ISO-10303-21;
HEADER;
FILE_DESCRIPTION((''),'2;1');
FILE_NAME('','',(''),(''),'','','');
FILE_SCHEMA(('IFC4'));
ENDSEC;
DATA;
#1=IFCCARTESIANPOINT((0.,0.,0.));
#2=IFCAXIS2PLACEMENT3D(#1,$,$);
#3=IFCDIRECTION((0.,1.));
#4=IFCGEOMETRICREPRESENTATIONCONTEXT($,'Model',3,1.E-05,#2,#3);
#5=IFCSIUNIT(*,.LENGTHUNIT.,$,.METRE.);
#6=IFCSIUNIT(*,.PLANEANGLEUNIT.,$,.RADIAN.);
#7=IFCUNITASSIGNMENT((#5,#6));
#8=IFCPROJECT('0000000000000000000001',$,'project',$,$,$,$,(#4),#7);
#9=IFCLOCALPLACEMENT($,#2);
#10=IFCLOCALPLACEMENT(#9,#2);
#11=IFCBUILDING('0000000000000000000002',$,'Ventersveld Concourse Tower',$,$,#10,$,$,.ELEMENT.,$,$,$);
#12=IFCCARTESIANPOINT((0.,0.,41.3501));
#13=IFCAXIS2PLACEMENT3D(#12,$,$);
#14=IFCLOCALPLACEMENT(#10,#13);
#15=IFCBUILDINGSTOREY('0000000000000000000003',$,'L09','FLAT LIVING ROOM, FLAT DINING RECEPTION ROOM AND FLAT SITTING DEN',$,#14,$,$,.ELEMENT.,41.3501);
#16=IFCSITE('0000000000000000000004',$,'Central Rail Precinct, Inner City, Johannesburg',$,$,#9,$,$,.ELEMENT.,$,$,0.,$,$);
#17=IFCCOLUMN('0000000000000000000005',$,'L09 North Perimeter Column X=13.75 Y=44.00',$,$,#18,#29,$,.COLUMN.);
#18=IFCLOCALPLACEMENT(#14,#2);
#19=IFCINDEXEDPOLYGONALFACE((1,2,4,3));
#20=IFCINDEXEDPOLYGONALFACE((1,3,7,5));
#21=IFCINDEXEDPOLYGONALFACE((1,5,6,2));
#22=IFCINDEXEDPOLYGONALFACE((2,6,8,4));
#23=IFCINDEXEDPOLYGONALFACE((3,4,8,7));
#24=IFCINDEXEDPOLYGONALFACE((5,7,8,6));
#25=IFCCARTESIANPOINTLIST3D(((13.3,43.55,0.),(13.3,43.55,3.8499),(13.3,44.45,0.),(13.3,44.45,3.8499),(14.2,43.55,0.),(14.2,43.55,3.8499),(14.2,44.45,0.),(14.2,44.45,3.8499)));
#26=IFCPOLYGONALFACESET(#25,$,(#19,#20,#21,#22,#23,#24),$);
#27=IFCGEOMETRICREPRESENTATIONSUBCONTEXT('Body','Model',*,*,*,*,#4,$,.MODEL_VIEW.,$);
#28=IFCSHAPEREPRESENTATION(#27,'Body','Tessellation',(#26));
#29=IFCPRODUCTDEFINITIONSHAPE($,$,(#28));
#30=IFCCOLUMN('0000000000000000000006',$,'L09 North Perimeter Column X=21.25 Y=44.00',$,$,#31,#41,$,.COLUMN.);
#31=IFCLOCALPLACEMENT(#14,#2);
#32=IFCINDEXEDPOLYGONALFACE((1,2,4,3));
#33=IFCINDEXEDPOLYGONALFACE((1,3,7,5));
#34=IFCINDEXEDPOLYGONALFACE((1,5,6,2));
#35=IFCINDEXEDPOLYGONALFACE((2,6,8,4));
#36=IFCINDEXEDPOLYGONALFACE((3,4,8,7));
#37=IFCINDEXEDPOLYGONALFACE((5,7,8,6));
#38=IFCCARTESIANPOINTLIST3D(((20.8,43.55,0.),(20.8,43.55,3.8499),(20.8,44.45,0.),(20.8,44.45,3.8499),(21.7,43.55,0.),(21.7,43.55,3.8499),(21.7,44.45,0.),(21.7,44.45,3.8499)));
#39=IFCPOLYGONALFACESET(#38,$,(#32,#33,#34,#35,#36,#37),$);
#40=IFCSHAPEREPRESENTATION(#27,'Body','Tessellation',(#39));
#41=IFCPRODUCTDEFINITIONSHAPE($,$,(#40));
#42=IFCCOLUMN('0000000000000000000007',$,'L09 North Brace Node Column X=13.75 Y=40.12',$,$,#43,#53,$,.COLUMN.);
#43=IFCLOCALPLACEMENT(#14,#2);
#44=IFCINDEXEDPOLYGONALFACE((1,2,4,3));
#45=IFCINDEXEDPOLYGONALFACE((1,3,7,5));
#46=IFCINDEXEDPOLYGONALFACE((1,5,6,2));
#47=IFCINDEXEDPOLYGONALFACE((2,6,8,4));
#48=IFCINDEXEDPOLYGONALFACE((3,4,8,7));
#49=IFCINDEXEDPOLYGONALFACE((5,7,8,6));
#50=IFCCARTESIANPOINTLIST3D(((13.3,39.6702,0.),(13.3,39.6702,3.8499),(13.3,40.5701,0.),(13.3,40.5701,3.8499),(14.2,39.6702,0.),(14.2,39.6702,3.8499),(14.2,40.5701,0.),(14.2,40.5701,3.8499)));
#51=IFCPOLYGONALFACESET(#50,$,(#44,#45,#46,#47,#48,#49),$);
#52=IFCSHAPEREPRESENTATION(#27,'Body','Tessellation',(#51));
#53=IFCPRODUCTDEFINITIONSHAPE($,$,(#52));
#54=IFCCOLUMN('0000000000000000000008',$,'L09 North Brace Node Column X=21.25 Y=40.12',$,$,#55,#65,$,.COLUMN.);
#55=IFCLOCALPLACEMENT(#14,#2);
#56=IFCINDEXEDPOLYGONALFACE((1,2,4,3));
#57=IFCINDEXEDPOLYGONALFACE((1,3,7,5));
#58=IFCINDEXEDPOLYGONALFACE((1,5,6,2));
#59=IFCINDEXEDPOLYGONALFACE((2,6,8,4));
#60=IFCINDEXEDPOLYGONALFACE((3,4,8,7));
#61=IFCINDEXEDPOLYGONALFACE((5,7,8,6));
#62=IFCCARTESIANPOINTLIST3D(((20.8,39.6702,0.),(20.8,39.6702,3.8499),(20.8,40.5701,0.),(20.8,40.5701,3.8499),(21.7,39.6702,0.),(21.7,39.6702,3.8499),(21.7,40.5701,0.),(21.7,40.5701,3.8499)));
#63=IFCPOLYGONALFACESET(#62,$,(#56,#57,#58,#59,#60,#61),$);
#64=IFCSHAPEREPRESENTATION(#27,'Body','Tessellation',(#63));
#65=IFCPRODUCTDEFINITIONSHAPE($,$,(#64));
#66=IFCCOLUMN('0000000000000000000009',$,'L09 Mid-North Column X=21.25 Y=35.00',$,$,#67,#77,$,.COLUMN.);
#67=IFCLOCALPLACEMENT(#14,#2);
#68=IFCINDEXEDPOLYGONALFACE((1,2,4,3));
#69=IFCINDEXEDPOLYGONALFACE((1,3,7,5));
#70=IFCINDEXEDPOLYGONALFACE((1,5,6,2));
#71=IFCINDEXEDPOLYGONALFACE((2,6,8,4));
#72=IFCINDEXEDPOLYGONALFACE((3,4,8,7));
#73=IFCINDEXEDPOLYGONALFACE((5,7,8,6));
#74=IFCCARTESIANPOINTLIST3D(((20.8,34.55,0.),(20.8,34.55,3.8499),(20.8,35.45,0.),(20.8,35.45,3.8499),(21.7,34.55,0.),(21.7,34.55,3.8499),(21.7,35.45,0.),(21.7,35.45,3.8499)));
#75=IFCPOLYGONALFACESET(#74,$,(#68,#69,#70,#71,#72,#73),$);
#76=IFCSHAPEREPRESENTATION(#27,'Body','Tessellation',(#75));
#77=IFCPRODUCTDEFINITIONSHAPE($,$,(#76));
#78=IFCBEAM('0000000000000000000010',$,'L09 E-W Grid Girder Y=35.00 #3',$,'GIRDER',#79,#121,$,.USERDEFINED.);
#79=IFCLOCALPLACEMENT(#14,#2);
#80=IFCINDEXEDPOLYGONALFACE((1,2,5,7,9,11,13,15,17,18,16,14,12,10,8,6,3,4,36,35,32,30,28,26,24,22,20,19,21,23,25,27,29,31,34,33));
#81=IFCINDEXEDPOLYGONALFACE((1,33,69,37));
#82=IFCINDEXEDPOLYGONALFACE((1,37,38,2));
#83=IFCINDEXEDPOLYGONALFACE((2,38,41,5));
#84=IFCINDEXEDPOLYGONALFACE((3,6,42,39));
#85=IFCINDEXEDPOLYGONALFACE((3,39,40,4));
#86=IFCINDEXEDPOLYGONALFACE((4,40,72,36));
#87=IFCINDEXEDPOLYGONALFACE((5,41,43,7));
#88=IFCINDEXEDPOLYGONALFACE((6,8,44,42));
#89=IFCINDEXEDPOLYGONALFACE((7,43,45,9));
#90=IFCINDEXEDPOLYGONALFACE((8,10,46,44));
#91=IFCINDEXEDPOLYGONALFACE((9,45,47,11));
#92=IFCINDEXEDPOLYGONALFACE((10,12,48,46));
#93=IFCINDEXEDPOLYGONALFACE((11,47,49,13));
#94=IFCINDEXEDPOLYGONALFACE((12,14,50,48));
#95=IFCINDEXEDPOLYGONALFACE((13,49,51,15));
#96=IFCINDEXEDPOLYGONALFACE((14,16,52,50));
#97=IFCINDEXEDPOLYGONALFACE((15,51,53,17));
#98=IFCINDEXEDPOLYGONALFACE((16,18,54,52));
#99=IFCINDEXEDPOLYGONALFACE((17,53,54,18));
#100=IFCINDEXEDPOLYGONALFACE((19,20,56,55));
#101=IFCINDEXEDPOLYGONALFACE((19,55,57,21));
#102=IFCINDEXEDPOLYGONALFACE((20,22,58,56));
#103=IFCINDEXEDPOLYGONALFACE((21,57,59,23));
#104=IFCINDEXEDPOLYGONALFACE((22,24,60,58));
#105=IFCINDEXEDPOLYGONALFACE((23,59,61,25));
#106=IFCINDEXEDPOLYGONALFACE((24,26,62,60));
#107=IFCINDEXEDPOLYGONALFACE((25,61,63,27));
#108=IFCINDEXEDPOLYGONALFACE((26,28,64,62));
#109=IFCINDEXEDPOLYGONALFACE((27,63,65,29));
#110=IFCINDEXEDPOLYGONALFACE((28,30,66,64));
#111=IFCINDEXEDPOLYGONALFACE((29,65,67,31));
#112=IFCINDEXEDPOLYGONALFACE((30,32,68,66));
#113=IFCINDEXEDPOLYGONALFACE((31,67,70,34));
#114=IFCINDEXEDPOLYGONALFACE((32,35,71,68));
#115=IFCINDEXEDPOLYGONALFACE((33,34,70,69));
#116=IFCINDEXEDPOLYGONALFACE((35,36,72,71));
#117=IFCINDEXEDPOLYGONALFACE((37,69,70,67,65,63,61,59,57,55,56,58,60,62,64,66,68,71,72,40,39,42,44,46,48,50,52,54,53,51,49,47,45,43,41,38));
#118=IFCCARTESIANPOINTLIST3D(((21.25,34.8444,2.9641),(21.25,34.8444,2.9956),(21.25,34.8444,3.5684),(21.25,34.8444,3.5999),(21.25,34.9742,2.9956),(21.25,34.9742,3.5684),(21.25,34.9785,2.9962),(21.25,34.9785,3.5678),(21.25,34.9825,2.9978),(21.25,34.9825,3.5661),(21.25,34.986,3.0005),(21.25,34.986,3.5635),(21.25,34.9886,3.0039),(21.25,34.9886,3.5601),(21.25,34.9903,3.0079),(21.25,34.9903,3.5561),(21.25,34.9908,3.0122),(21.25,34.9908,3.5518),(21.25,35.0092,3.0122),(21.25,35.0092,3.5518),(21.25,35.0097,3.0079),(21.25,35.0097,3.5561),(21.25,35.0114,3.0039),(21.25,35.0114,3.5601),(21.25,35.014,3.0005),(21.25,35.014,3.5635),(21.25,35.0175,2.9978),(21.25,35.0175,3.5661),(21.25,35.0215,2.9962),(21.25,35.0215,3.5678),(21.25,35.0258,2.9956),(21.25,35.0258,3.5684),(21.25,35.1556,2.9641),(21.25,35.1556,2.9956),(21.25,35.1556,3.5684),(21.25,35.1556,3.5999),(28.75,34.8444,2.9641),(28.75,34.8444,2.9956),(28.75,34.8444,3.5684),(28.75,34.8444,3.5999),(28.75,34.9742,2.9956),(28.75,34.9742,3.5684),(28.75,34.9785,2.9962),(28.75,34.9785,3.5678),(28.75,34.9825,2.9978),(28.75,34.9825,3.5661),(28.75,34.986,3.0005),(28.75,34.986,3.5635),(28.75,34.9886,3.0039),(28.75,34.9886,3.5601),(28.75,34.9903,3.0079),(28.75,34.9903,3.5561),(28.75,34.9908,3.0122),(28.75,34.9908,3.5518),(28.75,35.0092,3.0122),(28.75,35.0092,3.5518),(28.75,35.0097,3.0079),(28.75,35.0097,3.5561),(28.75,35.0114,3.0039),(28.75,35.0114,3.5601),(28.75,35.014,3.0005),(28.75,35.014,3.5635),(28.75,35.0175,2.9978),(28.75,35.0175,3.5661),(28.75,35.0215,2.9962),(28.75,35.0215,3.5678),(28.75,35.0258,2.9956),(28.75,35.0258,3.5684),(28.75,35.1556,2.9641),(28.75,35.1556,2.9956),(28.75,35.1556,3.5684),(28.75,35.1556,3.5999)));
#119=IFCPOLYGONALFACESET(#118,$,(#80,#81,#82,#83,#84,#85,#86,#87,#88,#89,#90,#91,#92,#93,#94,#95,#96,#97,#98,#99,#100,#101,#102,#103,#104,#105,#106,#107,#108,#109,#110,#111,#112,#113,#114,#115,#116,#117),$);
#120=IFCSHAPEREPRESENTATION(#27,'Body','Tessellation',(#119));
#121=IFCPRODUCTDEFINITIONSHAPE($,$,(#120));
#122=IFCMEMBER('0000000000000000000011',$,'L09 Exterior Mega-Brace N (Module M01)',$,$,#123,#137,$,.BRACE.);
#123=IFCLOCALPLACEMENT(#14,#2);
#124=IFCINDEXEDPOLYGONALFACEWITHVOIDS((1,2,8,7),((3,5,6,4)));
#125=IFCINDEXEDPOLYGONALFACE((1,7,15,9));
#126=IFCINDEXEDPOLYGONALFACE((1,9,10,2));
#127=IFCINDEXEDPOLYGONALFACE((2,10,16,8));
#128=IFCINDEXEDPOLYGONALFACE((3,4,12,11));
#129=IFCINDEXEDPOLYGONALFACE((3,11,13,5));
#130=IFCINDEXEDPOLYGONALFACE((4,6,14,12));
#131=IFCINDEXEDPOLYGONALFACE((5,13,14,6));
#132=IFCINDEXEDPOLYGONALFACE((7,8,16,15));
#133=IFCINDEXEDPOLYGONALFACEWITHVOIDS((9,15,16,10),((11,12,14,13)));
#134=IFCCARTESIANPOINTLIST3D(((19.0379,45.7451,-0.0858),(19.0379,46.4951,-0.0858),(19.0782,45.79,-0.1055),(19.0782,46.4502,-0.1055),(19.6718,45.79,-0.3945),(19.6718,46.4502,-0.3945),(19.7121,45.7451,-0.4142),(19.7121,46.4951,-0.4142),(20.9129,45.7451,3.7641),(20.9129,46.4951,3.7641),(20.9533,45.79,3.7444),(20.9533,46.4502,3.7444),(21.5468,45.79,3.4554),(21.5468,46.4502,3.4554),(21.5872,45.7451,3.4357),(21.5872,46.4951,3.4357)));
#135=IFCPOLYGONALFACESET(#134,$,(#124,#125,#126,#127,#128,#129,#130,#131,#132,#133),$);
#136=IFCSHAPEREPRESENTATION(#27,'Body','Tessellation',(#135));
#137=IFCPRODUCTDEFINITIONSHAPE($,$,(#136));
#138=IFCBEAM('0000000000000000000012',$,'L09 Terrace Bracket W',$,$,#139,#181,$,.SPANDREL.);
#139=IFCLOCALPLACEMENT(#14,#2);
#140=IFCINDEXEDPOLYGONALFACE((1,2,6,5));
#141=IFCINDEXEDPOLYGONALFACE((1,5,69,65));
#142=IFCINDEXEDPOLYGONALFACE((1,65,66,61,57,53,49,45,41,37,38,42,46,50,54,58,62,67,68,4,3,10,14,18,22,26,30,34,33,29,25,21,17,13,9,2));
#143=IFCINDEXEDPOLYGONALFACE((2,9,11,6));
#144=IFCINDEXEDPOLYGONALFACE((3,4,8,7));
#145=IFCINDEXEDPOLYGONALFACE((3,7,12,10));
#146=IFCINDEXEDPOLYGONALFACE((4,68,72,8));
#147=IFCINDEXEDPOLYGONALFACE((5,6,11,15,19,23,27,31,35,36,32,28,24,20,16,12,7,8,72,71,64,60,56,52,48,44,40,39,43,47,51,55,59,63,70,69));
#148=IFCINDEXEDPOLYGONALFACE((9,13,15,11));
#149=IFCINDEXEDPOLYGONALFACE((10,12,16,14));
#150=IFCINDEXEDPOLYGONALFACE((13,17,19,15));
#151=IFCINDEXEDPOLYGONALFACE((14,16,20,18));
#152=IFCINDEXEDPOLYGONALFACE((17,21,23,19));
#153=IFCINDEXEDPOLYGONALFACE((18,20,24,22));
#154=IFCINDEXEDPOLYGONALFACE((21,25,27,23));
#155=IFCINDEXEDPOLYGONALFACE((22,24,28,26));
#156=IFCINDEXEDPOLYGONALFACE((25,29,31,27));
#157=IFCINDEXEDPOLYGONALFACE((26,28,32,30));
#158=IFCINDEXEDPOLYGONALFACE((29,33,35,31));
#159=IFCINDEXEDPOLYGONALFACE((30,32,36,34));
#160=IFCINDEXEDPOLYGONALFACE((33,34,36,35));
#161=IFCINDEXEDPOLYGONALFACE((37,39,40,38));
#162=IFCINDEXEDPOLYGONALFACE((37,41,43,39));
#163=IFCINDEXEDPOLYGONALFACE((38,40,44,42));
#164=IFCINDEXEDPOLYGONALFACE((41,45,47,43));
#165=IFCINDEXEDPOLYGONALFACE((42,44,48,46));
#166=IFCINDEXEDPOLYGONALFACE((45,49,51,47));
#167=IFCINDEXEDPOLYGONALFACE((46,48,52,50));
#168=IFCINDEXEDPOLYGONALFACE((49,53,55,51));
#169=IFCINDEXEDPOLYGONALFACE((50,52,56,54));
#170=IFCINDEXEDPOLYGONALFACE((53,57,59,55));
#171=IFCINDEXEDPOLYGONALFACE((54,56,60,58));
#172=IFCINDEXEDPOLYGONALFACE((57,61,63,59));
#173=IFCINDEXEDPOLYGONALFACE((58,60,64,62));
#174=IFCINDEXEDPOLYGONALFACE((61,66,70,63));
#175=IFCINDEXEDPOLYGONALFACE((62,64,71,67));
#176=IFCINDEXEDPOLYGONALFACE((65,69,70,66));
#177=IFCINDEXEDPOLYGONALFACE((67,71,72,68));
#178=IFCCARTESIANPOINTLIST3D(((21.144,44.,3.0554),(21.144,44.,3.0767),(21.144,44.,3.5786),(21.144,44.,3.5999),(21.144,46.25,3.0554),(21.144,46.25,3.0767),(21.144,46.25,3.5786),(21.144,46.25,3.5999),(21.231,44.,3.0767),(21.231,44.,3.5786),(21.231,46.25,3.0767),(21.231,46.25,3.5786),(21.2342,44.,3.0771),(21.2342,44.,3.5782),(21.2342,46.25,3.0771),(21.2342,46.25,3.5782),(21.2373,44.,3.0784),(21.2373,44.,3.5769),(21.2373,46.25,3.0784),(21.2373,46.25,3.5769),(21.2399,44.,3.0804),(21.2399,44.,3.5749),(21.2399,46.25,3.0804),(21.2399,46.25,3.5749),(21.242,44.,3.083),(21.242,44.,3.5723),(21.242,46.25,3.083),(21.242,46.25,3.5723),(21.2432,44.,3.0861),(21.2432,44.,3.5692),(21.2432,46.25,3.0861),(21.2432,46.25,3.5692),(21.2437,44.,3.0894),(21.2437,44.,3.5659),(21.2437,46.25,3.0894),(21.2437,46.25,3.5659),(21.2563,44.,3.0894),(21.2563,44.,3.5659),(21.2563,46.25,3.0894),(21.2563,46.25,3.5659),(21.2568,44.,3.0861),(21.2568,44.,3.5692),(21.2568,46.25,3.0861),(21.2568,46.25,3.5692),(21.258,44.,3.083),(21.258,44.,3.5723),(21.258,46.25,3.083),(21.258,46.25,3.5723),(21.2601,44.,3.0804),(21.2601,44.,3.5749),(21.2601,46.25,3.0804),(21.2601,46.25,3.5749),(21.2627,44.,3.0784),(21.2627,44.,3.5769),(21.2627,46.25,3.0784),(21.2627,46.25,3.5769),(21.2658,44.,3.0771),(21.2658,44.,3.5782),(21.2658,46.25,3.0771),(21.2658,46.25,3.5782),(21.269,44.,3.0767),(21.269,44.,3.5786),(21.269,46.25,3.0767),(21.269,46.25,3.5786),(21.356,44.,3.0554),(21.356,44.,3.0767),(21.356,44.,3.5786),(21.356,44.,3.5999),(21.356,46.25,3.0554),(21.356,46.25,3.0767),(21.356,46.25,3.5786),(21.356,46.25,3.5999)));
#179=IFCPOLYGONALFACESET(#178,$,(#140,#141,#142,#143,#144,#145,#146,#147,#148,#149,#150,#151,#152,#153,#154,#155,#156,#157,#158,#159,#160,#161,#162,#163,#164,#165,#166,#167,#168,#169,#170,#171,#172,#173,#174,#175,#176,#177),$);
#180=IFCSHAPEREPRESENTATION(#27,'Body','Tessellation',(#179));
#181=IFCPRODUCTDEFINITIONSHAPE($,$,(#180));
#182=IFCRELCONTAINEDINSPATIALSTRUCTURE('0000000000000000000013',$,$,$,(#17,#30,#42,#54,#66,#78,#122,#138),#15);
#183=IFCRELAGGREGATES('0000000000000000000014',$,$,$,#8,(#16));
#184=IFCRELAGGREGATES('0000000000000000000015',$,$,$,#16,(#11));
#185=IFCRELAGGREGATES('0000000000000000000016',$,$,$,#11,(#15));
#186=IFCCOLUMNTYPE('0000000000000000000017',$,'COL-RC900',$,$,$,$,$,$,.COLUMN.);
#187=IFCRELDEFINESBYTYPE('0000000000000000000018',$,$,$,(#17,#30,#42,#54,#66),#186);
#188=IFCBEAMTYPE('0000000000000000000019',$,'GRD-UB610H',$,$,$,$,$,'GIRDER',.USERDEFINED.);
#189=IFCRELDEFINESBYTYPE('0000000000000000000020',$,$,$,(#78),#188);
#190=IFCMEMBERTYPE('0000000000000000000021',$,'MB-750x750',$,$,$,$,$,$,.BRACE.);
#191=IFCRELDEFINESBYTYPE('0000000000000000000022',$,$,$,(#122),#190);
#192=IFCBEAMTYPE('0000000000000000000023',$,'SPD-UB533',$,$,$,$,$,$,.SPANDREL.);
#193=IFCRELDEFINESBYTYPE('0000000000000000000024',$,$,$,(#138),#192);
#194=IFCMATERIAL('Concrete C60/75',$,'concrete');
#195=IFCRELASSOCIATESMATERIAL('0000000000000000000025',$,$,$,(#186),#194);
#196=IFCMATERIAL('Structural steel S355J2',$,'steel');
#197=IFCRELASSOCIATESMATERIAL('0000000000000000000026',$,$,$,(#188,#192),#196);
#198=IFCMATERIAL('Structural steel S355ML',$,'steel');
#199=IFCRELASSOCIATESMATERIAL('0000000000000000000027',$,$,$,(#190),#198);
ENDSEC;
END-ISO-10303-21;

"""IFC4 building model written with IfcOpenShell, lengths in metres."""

from ifc_helpers import new_model, si_unit, direction, frame, origin, origin_2d, place, context, subcontext, project, spatial, rectangle, hollow_rectangle, i_section, extrude, material, material_profile, profile_set, type_object, element, save


model = new_model("IFC4")

# Units and contexts
model_context = context("Model", 3, precision=1e-05, world=origin(), true_north=direction((0.0, 1.0)))
body_context = subcontext(model_context, "Body", "Model", "MODEL_VIEW")
ifc_project = project(units=[si_unit("LENGTHUNIT", "METRE"), si_unit("PLANEANGLEUNIT", "RADIAN")], contexts=[model_context])

# Site, building, storey
site_placement = place(None, origin())
site = spatial("IfcSite", under=ifc_project, at=site_placement, Name="Central Rail Precinct, Inner City, Johannesburg", CompositionType="ELEMENT", RefElevation=0.0)
building_placement = place(site_placement, origin())
building = spatial("IfcBuilding", under=site, at=building_placement, Name="Ventersveld Concourse Tower", CompositionType="ELEMENT")
storey_placement = place(building_placement, frame((0.0, 0.0, 41.3501)))
storey = spatial("IfcBuildingStorey", under=building, at=storey_placement, Name="L09", Description="FLAT LIVING ROOM, FLAT DINING RECEPTION ROOM AND FLAT SITTING DEN", CompositionType="ELEMENT", Elevation=41.3501)

# Columns
ifc_material_1 = material(Name="Concrete C60/75", Category="concrete")
ifc_material_profile_1 = material_profile(ifc_material_1, rectangle(XDim=0.8999, YDim=0.8999, at=origin_2d()), Name="RC 900x900")
ifc_profile_set_1 = profile_set([ifc_material_profile_1], Name="Concrete C60/75")
column_type = type_object("IfcColumnType", Name="COL-RC900", PredefinedType="COLUMN", material=ifc_profile_set_1)
for number, where, z_axis, x_axis, name in (
    (1, (13.75, 44.0, 0.0), (0.0, 0.0, 1.0), (1.0, 0.0, 0.0), "L09 North Perimeter Column X=13.75 Y=44.00"),
    (2, (21.25, 44.0, 0.0), (0.0, 0.0, 1.0), (1.0, 0.0, 0.0), "L09 North Perimeter Column X=21.25 Y=44.00"),
    (3, (13.75, 40.1201, 0.0), (0.0, 0.0, 1.0), (1.0, 0.0, 0.0), "L09 North Brace Node Column X=13.75 Y=40.12"),
    (4, (21.25, 40.1201, 0.0), (0.0, 0.0, 1.0), (1.0, 0.0, 0.0), "L09 North Brace Node Column X=21.25 Y=40.12"),
    (5, (21.25, 35.0, 0.0), (0.0, 0.0, 1.0), (1.0, 0.0, 0.0), "L09 Mid-North Column X=21.25 Y=35.00"),
):
    element("IfcColumn", number, at=place(storey_placement, frame(where, z_axis=z_axis, x_axis=x_axis)), inside=storey, type_object=column_type, Name=name, PredefinedType="COLUMN", context=body_context, shape_type="SweptSolid", body=[
        extrude(rectangle(XDim=0.8999, YDim=0.8999, at=origin_2d()), origin(), (0.0, 0.0, 1.0), 3.8499),
    ])

# Beam
ifc_material_2 = material(Name="Structural steel S355J2", Category="steel")
ifc_material_profile_2 = material_profile(ifc_material_2, i_section(OverallWidth=0.3113, OverallDepth=0.6357, WebThickness=0.0183, FlangeThickness=0.0315, FilletRadius=0.0166, at=origin_2d()), Name="UB 610x305x238")
ifc_profile_set_2 = profile_set([ifc_material_profile_2], Name="Structural steel S355J2")
beam_type_1 = type_object("IfcBeamType", Name="GRD-UB610H", ElementType="GIRDER", PredefinedType="USERDEFINED", material=ifc_profile_set_2)
beam_1_placement = place(storey_placement, frame((21.25, 35.0, 3.282), z_axis=(1.0, 0.0, 0.0), x_axis=(0.0, 1.0, 0.0)))
element("IfcBeam", 6, at=beam_1_placement, inside=storey, type_object=beam_type_1, Name="L09 E-W Grid Girder Y=35.00 #3", ObjectType="GIRDER", PredefinedType="USERDEFINED", context=body_context, shape_type="SweptSolid", body=[
    extrude(i_section(OverallWidth=0.3113, OverallDepth=0.6357, WebThickness=0.0183, FlangeThickness=0.0315, FilletRadius=0.0166, at=origin_2d()), origin(), (0.0, 0.0, 1.0), 7.5),
])

# Member
ifc_material_3 = material(Name="Structural steel S355ML", Category="steel")
ifc_material_profile_3 = material_profile(ifc_material_3, hollow_rectangle(XDim=0.75, YDim=0.75, WallThickness=0.0449, at=origin_2d()), Name="BOX 750x750x45")
ifc_profile_set_3 = profile_set([ifc_material_profile_3], Name="Structural steel S355ML")
member_type = type_object("IfcMemberType", Name="MB-750x750", PredefinedType="BRACE", material=ifc_profile_set_3)
member_placement = place(storey_placement, frame((19.375, 46.1201, -0.25), z_axis=(0.437862, 0.0, 0.899042), x_axis=(0.0, 1.0, 0.0)))
element("IfcMember", 7, at=member_placement, inside=storey, type_object=member_type, Name="L09 Exterior Mega-Brace N (Module M01)", PredefinedType="BRACE", context=body_context, shape_type="SweptSolid", body=[
    extrude(hollow_rectangle(XDim=0.75, YDim=0.75, WallThickness=0.0449, at=origin_2d()), origin(), (0.0, 0.0, 1.0), 4.2822),
])

# Beam
ifc_material_profile_4 = material_profile(ifc_material_2, i_section(OverallWidth=0.2119, OverallDepth=0.5444, WebThickness=0.0127, FlangeThickness=0.0212, FilletRadius=0.0127, at=origin_2d()), Name="UB 533x210x122")
ifc_profile_set_4 = profile_set([ifc_material_profile_4], Name="Structural steel S355J2")
beam_type_2 = type_object("IfcBeamType", Name="SPD-UB533", PredefinedType="SPANDREL", material=ifc_profile_set_4)
beam_2_placement = place(storey_placement, frame((21.25, 44.0, 3.3276), z_axis=(0.0, 1.0, 0.0), x_axis=(-1.0, 0.0, 0.0)))
element("IfcBeam", 8, at=beam_2_placement, inside=storey, type_object=beam_type_2, Name="L09 Terrace Bracket W", PredefinedType="SPANDREL", context=body_context, shape_type="SweptSolid", body=[
    extrude(i_section(OverallWidth=0.2119, OverallDepth=0.5444, WebThickness=0.0127, FlangeThickness=0.0212, FilletRadius=0.0127, at=origin_2d()), origin(), (0.0, 0.0, 1.0), 2.25),
])

save(model, "model.ifc")
